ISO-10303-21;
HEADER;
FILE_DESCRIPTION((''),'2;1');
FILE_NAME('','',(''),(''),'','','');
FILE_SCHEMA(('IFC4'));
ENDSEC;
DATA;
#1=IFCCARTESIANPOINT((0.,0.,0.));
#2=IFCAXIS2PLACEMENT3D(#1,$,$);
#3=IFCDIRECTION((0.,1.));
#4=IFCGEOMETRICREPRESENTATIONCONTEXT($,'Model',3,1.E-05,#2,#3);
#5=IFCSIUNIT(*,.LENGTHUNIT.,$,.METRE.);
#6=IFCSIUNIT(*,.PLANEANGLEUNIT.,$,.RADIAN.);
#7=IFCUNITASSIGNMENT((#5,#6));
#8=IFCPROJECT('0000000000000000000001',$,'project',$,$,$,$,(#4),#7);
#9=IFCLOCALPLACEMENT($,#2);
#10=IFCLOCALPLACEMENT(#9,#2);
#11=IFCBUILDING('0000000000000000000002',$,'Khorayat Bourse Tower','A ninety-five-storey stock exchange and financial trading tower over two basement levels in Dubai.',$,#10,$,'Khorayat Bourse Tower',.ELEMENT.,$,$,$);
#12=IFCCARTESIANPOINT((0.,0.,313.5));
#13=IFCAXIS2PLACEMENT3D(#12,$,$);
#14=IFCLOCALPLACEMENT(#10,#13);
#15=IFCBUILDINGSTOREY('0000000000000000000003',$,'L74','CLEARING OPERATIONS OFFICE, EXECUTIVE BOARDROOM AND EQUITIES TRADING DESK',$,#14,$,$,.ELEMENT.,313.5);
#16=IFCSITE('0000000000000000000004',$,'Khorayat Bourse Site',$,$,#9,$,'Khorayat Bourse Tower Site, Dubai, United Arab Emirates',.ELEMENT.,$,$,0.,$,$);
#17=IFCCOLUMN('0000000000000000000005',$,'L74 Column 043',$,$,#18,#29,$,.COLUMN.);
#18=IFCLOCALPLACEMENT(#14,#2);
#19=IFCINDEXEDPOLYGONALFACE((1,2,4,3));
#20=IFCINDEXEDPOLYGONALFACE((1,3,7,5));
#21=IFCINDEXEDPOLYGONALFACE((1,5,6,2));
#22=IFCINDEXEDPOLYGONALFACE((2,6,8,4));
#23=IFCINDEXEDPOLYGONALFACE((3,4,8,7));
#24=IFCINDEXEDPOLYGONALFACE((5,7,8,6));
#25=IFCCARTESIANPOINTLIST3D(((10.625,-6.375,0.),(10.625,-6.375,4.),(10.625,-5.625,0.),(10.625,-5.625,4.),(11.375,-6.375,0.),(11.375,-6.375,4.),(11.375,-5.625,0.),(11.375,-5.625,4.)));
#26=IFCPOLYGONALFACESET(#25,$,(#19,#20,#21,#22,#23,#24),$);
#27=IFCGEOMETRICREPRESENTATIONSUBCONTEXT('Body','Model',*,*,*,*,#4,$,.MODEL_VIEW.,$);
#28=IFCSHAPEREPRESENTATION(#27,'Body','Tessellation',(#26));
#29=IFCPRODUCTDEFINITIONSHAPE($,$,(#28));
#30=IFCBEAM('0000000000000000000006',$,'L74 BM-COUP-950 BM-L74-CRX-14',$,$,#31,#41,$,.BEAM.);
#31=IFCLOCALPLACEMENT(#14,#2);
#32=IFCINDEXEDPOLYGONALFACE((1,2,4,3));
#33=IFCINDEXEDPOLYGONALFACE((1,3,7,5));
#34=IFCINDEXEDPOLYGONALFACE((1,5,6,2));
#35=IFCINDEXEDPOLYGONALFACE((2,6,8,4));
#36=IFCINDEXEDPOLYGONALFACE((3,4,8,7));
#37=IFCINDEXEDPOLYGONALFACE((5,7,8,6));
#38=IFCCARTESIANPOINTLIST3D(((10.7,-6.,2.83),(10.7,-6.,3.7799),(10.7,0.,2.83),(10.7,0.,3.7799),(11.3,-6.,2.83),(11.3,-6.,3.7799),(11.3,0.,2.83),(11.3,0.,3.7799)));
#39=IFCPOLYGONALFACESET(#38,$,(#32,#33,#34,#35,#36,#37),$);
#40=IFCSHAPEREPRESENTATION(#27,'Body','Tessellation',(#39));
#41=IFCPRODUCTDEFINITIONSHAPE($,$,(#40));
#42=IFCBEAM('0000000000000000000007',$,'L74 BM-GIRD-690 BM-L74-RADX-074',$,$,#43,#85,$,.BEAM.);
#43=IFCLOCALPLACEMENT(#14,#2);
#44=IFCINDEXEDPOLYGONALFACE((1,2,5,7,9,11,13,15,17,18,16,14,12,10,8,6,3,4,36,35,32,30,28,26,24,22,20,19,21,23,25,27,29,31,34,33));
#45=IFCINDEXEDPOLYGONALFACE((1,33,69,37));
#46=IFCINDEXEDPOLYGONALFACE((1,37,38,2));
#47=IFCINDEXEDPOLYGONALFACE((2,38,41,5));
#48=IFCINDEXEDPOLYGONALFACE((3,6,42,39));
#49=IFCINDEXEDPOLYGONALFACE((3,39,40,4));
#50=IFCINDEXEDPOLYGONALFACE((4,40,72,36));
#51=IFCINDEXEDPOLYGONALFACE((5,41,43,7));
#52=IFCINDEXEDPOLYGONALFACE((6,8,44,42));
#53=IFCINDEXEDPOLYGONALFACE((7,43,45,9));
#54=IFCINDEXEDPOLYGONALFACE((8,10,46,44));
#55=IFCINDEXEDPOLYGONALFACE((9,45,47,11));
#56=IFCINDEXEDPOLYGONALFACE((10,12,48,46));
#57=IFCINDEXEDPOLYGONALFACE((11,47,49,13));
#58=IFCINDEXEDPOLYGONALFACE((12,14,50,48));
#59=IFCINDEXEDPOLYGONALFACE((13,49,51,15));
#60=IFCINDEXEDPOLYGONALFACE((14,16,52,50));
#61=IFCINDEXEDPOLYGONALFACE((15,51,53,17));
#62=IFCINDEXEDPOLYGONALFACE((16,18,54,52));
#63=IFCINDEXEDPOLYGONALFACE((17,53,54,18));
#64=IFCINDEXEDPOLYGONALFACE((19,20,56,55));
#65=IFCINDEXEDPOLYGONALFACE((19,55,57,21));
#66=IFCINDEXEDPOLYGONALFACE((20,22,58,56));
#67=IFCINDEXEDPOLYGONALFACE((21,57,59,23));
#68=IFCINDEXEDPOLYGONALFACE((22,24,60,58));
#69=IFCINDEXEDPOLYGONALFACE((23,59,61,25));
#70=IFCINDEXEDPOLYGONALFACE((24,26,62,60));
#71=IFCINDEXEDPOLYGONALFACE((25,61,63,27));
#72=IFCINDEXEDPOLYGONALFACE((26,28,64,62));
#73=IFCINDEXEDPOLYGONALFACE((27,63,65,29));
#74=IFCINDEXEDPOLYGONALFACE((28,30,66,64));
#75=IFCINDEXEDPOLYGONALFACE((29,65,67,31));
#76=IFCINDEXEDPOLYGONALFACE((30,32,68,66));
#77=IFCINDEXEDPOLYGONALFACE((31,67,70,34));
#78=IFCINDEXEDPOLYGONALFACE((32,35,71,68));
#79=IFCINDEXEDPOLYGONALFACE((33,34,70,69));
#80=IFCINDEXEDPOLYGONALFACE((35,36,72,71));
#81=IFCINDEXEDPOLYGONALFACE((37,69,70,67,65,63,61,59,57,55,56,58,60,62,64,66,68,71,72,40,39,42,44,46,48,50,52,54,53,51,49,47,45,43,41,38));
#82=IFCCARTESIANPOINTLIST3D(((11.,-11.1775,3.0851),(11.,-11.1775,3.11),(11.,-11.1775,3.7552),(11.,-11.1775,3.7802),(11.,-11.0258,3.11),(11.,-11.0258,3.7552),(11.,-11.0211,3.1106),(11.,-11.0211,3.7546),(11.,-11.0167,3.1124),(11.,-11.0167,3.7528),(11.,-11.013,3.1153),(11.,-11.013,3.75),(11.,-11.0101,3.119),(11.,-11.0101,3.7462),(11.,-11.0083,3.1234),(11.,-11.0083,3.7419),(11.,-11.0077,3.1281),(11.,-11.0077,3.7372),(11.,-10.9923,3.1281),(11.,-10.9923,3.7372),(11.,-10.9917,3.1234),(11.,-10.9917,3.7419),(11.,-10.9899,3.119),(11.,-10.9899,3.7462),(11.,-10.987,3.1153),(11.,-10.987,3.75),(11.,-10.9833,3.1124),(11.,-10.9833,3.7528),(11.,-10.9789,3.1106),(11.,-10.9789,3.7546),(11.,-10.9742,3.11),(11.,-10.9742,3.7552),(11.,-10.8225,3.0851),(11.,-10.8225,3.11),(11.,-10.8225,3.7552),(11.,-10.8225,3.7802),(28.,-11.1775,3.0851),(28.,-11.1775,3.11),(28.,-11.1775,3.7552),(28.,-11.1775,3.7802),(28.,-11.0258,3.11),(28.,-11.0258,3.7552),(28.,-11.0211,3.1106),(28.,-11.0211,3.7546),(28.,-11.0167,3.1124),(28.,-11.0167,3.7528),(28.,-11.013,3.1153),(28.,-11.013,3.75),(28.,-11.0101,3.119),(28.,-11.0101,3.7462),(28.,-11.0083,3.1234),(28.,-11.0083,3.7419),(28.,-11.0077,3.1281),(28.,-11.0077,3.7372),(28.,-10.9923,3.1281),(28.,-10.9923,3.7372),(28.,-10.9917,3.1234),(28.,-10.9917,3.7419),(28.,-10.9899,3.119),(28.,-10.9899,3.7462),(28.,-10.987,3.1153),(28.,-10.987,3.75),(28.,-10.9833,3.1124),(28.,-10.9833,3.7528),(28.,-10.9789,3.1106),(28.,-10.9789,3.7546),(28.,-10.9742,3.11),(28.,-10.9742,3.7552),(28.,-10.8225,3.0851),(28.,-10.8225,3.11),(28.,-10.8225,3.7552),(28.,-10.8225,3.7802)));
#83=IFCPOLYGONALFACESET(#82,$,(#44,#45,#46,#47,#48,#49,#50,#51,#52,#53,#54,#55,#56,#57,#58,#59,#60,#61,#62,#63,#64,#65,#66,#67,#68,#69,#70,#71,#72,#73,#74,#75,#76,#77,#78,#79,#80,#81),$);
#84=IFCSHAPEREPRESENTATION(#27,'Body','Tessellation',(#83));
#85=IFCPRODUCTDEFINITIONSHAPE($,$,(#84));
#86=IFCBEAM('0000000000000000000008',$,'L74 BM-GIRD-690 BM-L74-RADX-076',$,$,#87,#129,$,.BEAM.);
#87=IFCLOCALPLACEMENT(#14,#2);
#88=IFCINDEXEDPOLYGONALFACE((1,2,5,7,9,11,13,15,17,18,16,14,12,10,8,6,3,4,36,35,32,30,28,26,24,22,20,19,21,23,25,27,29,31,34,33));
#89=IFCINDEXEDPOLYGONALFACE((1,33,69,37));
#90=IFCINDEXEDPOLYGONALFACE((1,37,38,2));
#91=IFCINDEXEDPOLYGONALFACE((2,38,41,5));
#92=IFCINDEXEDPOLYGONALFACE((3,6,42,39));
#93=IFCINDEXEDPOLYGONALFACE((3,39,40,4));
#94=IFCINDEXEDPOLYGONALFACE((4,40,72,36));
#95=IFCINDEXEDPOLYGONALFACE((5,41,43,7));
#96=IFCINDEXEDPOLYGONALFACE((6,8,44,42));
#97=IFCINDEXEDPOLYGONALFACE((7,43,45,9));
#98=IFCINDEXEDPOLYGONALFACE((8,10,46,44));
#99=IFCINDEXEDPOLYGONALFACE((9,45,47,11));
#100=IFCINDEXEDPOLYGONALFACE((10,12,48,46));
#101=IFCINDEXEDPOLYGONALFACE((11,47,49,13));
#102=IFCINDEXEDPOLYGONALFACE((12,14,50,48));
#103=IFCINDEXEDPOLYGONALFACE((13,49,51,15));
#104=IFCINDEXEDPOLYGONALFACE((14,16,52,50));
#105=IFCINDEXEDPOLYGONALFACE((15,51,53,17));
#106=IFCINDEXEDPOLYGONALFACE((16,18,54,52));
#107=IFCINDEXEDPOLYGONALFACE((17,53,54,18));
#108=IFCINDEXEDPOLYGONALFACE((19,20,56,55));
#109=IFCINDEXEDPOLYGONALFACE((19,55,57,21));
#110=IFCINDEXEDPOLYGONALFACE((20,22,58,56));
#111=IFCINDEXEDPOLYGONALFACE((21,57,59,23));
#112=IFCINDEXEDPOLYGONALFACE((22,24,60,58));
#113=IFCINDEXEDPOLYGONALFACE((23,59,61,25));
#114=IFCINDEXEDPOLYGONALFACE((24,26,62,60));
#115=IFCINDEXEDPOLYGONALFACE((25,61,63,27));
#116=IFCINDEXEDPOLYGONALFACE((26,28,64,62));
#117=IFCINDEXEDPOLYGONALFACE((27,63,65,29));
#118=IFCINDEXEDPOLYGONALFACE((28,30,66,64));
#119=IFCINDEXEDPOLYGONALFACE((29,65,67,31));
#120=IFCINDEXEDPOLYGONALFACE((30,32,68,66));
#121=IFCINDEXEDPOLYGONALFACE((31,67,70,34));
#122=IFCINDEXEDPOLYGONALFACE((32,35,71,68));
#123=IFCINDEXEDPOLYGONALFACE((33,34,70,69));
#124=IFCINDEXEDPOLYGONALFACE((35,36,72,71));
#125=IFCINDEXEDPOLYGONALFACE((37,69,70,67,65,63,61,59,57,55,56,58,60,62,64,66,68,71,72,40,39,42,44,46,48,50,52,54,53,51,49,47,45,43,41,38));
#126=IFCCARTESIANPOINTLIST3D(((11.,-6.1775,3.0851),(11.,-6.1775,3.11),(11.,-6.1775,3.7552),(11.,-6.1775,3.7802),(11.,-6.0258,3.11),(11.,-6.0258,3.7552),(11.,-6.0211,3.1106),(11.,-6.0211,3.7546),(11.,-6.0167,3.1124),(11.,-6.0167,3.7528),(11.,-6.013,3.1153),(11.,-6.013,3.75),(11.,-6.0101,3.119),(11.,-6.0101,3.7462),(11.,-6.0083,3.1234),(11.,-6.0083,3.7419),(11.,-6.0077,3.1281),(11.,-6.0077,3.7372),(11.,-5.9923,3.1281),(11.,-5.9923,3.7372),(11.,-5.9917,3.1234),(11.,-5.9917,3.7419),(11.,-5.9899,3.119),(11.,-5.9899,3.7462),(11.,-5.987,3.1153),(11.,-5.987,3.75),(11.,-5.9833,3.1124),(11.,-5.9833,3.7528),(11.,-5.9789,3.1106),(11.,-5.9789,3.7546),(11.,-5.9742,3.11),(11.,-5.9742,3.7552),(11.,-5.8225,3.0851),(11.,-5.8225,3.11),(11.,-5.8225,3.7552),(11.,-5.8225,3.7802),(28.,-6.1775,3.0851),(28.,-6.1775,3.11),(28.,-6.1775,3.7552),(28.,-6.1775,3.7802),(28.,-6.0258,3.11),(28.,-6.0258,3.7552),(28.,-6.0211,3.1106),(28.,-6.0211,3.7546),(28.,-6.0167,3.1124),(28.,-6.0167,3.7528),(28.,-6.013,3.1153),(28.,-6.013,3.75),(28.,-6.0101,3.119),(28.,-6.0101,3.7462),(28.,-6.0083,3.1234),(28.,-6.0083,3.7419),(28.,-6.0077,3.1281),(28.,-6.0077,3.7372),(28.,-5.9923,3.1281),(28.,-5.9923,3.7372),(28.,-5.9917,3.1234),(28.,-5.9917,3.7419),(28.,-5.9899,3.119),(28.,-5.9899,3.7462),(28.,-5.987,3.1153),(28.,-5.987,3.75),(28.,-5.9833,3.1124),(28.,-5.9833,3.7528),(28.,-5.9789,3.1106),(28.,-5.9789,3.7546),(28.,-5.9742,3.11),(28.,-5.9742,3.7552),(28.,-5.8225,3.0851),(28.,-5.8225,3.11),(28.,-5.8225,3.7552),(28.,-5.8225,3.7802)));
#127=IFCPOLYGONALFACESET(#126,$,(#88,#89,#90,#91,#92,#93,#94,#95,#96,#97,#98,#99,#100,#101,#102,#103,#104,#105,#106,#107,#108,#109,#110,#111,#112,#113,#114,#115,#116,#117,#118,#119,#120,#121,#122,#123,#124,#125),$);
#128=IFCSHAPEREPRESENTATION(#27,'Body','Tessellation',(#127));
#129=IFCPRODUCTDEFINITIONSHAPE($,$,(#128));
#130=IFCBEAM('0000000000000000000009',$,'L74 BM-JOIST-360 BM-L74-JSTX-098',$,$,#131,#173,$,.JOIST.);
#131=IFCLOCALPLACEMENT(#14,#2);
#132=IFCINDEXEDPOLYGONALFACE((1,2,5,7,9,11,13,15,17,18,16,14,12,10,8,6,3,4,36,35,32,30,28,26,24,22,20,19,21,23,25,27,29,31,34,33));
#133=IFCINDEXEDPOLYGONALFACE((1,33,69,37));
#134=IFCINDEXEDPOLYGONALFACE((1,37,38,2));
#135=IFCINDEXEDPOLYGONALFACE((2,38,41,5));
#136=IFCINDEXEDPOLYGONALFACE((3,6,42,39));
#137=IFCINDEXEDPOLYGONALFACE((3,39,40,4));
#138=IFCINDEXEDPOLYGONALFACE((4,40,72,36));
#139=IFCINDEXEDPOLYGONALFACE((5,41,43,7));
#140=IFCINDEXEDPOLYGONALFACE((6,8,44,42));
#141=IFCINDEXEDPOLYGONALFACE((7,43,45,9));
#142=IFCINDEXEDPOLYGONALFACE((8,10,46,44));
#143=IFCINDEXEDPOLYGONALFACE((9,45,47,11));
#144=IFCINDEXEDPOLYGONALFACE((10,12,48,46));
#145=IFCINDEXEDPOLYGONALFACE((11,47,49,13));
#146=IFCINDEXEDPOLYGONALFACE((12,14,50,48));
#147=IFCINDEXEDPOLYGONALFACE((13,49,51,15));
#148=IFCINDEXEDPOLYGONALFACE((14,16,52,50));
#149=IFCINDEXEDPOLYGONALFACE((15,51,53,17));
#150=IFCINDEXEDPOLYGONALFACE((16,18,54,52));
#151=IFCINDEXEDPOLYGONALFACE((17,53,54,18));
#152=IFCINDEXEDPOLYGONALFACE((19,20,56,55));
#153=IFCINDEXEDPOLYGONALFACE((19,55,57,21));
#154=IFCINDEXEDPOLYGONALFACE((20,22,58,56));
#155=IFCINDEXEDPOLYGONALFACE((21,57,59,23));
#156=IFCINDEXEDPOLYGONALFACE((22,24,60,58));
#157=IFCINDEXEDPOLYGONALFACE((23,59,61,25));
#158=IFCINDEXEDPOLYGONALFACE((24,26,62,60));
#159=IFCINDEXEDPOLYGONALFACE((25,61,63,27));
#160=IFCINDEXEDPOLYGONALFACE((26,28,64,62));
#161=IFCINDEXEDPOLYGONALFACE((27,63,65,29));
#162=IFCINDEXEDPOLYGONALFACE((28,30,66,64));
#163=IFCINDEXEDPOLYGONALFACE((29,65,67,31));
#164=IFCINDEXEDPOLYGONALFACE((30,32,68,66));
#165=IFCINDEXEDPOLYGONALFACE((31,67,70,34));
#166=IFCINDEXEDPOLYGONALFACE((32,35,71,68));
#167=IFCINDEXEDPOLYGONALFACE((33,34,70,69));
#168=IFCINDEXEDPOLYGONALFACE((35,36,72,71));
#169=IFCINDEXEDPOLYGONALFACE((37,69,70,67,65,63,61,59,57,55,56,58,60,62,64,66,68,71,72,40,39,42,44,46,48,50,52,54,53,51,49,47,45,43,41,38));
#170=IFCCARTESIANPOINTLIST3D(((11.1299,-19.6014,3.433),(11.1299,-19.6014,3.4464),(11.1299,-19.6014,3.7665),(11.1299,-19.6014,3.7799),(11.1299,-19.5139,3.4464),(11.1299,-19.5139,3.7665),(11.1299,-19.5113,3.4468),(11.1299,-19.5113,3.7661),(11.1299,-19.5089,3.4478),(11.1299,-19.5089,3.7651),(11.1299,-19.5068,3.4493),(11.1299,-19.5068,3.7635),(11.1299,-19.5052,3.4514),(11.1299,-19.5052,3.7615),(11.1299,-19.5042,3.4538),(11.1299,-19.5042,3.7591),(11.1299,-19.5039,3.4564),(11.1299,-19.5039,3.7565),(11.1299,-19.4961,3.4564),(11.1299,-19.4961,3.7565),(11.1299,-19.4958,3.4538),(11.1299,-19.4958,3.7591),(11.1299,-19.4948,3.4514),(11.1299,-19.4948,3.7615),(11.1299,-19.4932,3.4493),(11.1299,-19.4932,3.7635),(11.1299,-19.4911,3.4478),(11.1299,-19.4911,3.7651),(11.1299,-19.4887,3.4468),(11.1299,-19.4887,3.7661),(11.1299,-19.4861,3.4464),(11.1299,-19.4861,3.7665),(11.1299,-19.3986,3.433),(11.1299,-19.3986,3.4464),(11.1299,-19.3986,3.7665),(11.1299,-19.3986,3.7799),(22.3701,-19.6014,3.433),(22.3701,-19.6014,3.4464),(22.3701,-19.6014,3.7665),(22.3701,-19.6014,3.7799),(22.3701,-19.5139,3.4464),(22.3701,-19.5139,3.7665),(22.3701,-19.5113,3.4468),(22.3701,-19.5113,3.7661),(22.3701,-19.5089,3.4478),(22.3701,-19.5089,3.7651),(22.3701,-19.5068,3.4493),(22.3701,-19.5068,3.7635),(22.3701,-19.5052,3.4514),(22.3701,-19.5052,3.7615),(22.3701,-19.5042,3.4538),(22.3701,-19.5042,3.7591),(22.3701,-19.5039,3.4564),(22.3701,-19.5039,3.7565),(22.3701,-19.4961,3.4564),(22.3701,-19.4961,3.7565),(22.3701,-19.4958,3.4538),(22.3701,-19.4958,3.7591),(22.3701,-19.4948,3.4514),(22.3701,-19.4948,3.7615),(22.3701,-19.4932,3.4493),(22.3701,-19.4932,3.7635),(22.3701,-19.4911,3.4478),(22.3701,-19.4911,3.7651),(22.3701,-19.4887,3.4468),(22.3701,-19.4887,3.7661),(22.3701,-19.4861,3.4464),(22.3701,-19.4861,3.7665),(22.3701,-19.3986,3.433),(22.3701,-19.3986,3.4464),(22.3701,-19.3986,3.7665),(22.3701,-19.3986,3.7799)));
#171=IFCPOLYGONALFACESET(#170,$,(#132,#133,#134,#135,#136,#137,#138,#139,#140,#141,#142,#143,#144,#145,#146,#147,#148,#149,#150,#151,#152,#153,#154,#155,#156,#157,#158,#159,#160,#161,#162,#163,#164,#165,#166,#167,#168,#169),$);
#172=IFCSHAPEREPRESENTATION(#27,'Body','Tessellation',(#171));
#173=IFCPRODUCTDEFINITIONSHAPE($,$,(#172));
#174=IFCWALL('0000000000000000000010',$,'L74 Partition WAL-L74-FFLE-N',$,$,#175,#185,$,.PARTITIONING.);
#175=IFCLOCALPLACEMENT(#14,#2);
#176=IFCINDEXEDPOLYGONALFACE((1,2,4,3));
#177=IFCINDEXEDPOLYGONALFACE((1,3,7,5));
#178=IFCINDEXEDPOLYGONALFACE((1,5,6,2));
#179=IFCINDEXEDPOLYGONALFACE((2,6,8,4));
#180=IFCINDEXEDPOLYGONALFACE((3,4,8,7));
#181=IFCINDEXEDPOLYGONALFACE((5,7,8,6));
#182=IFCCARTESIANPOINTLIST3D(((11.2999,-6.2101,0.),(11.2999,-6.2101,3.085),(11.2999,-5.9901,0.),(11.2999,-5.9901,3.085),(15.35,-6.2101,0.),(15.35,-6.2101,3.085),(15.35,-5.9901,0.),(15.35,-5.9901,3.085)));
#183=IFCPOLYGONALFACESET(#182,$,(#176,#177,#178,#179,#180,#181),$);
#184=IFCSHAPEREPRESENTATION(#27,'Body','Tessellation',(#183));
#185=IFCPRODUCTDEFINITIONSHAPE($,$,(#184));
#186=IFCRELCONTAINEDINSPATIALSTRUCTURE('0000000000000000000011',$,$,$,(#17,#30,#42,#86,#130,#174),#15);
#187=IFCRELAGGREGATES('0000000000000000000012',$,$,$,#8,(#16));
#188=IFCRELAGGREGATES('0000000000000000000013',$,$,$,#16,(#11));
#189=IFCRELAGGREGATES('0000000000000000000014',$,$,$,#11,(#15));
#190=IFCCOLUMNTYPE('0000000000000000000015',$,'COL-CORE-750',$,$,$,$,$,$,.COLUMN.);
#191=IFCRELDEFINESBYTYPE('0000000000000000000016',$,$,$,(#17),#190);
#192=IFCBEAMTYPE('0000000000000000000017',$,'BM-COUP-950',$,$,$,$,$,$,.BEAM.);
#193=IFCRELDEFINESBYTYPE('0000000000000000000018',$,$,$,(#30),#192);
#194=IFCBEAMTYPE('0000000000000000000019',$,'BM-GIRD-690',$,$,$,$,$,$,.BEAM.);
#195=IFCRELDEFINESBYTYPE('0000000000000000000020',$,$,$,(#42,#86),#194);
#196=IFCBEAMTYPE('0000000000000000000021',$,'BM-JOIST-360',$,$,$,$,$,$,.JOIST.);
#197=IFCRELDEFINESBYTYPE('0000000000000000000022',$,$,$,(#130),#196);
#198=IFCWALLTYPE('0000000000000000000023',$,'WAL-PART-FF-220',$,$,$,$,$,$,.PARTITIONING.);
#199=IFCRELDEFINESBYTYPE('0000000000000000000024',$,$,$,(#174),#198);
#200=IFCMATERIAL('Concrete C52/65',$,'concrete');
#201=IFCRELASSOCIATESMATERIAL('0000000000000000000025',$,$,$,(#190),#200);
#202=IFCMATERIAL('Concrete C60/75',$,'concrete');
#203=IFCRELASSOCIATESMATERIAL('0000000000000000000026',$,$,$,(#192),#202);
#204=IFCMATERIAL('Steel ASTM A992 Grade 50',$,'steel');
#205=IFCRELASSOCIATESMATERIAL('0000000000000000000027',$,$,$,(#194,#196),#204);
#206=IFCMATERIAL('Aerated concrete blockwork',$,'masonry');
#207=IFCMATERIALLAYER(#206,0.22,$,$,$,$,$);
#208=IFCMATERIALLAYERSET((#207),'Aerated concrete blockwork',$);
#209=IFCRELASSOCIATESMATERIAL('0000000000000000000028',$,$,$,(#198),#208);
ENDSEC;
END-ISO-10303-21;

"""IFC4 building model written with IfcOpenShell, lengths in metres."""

from ifc_helpers import new_model, si_unit, direction, frame, frame_2d, origin, origin_2d, place, context, subcontext, project, spatial, rectangle, i_section, extrude, source, transform, mapped, material, layer, layer_set, material_profile, profile_set, type_object, element, save


model = new_model("IFC4")

# Units and contexts
model_context = context("Model", 3, precision=1e-05, world=origin(), true_north=direction((0.0, 1.0)))
body_context = subcontext(model_context, "Body", "Model", "MODEL_VIEW")
ifc_project = project(units=[si_unit("LENGTHUNIT", "METRE"), si_unit("PLANEANGLEUNIT", "RADIAN")], contexts=[model_context])

# Site, building, storey
site_placement = place(None, origin())
site = spatial("IfcSite", under=ifc_project, at=site_placement, Name="Khorayat Bourse Site", LongName="Khorayat Bourse Tower Site, Dubai, United Arab Emirates", CompositionType="ELEMENT", RefElevation=0.0)
building_placement = place(site_placement, origin())
building = spatial("IfcBuilding", under=site, at=building_placement, Name="Khorayat Bourse Tower", Description="A ninety-five-storey stock exchange and financial trading tower over two basement levels in Dubai.", LongName="Khorayat Bourse Tower", CompositionType="ELEMENT")
storey_placement = place(building_placement, frame((0.0, 0.0, 313.5)))
storey = spatial("IfcBuildingStorey", under=building, at=storey_placement, Name="L74", Description="CLEARING OPERATIONS OFFICE, EXECUTIVE BOARDROOM AND EQUITIES TRADING DESK", CompositionType="ELEMENT", Elevation=313.5)

# Column
ifc_material_1 = material(Name="Concrete C52/65", Category="concrete")
ifc_material_profile_1 = material_profile(ifc_material_1, rectangle(XDim=0.75, YDim=0.75, at=origin_2d()), Name="RC 750x750")
ifc_profile_set_1 = profile_set([ifc_material_profile_1], Name="Concrete C52/65")
column_type = type_object("IfcColumnType", Name="COL-CORE-750", PredefinedType="COLUMN", material=ifc_profile_set_1)
shared_shape_1 = source(origin(), body_context, "Body", "SweptSolid", [
    extrude(rectangle(XDim=0.75, YDim=0.75, at=origin_2d()), origin(), (0.0, 0.0, 1.0), 4.0),
])
column_placement = place(storey_placement, frame((11.0, -6.0, 0.0), z_axis=(0.0, 0.0, 1.0), x_axis=(1.0, 0.0, 0.0)))
element("IfcColumn", 1, at=column_placement, inside=storey, type_object=column_type, Name="L74 Column 043", PredefinedType="COLUMN", context=body_context, shape_type="MappedRepresentation", body=[
    mapped(shared_shape_1, transform((0.0, 0.0, 0.0), scale=1.0)),
])

# Beams
ifc_material_2 = material(Name="Concrete C60/75", Category="concrete")
ifc_material_profile_2 = material_profile(ifc_material_2, rectangle(XDim=0.6001, YDim=0.95, at=origin_2d()), Name="RC 600x950")
ifc_profile_set_2 = profile_set([ifc_material_profile_2], Name="Concrete C60/75")
beam_type_1 = type_object("IfcBeamType", Name="BM-COUP-950", PredefinedType="BEAM", material=ifc_profile_set_2)
shared_shape_2 = source(origin(), body_context, "Body", "SweptSolid", [
    extrude(rectangle(XDim=0.6001, YDim=0.95, at=origin_2d()), origin(), (0.0, 0.0, 1.0), 6.0),
])
beam_1_placement = place(storey_placement, frame((11.0, -6.0, 3.3049), z_axis=(0.0, 1.0, 0.0), x_axis=(-1.0, 0.0, 0.0)))
element("IfcBeam", 2, at=beam_1_placement, inside=storey, type_object=beam_type_1, Name="L74 BM-COUP-950 BM-L74-CRX-14", PredefinedType="BEAM", context=body_context, shape_type="MappedRepresentation", body=[
    mapped(shared_shape_2, transform((0.0, 0.0, 0.0), scale=1.0)),
])
ifc_material_3 = material(Name="Steel ASTM A992 Grade 50", Category="steel")
ifc_material_profile_3 = material_profile(ifc_material_3, i_section(OverallWidth=0.355, OverallDepth=0.6951, WebThickness=0.0154, FlangeThickness=0.0249, FilletRadius=0.0181, at=origin_2d()), Name="W690X217")
ifc_profile_set_3 = profile_set([ifc_material_profile_3], Name="Steel ASTM A992 Grade 50")
beam_type_2 = type_object("IfcBeamType", Name="BM-GIRD-690", PredefinedType="BEAM", material=ifc_profile_set_3)
shared_shape_3 = source(origin(), body_context, "Body", "SweptSolid", [
    extrude(i_section(OverallWidth=0.355, OverallDepth=0.6951, WebThickness=0.0154, FlangeThickness=0.0249, FilletRadius=0.0181, at=origin_2d()), origin(), (0.0, 0.0, 1.0), 17.0),
])
for number, where, z_axis, x_axis, name in (
    (3, (11.0, -11.0, 3.4326), (1.0, 0.0, 0.0), (0.0, 1.0, 0.0), "L74 BM-GIRD-690 BM-L74-RADX-074"),
    (4, (11.0, -6.0, 3.4326), (1.0, 0.0, 0.0), (0.0, 1.0, 0.0), "L74 BM-GIRD-690 BM-L74-RADX-076"),
):
    element("IfcBeam", number, at=place(storey_placement, frame(where, z_axis=z_axis, x_axis=x_axis)), inside=storey, type_object=beam_type_2, Name=name, PredefinedType="BEAM", context=body_context, shape_type="MappedRepresentation", body=[
        mapped(shared_shape_3, transform((0.0, 0.0, 0.0), scale=1.0)),
    ])
ifc_material_profile_4 = material_profile(ifc_material_3, i_section(OverallWidth=0.2029, OverallDepth=0.3469, WebThickness=0.0078, FlangeThickness=0.0134, FilletRadius=0.01, at=origin_2d()), Name="W360X64")
ifc_profile_set_4 = profile_set([ifc_material_profile_4], Name="Steel ASTM A992 Grade 50")
beam_type_3 = type_object("IfcBeamType", Name="BM-JOIST-360", PredefinedType="JOIST", material=ifc_profile_set_4)
shared_shape_4 = source(origin(), body_context, "Body", "SweptSolid", [
    extrude(i_section(OverallWidth=0.2029, OverallDepth=0.3469, WebThickness=0.0078, FlangeThickness=0.0134, FilletRadius=0.01, at=origin_2d()), origin(), (0.0, 0.0, 1.0), 11.2402),
])
beam_2_placement = place(storey_placement, frame((11.1299, -19.5, 3.6064), z_axis=(1.0, 0.0, 0.0), x_axis=(0.0, 1.0, 0.0)))
element("IfcBeam", 5, at=beam_2_placement, inside=storey, type_object=beam_type_3, Name="L74 BM-JOIST-360 BM-L74-JSTX-098", PredefinedType="JOIST", context=body_context, shape_type="MappedRepresentation", body=[
    mapped(shared_shape_4, transform((0.0, 0.0, 0.0), scale=1.0)),
])

# Wall
ifc_material_4 = material(Name="Aerated concrete blockwork", Category="masonry")
ifc_layer_1 = layer(ifc_material_4, 0.22)
ifc_layer_set_1 = layer_set([ifc_layer_1], Name="Aerated concrete blockwork")
wall_type_1 = type_object("IfcWallType", Name="WAL-PART-FF-220", PredefinedType="PARTITIONING", material=ifc_layer_set_1)
shared_shape_5 = source(origin(), body_context, "Body", "SweptSolid", [
    extrude(rectangle(XDim=4.05, YDim=0.22, at=frame_2d((2.0249, 0.0))), origin(), (0.0, 0.0, 1.0), 3.085),
])
wall_1_placement = place(storey_placement, frame((11.3, -6.1001, 0.0), z_axis=(0.0, 0.0, 1.0), x_axis=(1.0, 0.0, 0.0)))
element("IfcWall", 6, at=wall_1_placement, inside=storey, type_object=wall_type_1, Name="L74 Partition WAL-L74-FFLE-N", PredefinedType="PARTITIONING", context=body_context, shape_type="MappedRepresentation", body=[
    mapped(shared_shape_5, transform((0.0, 0.0, 0.0), scale=1.0)),
])

save(model, "model.ifc")
